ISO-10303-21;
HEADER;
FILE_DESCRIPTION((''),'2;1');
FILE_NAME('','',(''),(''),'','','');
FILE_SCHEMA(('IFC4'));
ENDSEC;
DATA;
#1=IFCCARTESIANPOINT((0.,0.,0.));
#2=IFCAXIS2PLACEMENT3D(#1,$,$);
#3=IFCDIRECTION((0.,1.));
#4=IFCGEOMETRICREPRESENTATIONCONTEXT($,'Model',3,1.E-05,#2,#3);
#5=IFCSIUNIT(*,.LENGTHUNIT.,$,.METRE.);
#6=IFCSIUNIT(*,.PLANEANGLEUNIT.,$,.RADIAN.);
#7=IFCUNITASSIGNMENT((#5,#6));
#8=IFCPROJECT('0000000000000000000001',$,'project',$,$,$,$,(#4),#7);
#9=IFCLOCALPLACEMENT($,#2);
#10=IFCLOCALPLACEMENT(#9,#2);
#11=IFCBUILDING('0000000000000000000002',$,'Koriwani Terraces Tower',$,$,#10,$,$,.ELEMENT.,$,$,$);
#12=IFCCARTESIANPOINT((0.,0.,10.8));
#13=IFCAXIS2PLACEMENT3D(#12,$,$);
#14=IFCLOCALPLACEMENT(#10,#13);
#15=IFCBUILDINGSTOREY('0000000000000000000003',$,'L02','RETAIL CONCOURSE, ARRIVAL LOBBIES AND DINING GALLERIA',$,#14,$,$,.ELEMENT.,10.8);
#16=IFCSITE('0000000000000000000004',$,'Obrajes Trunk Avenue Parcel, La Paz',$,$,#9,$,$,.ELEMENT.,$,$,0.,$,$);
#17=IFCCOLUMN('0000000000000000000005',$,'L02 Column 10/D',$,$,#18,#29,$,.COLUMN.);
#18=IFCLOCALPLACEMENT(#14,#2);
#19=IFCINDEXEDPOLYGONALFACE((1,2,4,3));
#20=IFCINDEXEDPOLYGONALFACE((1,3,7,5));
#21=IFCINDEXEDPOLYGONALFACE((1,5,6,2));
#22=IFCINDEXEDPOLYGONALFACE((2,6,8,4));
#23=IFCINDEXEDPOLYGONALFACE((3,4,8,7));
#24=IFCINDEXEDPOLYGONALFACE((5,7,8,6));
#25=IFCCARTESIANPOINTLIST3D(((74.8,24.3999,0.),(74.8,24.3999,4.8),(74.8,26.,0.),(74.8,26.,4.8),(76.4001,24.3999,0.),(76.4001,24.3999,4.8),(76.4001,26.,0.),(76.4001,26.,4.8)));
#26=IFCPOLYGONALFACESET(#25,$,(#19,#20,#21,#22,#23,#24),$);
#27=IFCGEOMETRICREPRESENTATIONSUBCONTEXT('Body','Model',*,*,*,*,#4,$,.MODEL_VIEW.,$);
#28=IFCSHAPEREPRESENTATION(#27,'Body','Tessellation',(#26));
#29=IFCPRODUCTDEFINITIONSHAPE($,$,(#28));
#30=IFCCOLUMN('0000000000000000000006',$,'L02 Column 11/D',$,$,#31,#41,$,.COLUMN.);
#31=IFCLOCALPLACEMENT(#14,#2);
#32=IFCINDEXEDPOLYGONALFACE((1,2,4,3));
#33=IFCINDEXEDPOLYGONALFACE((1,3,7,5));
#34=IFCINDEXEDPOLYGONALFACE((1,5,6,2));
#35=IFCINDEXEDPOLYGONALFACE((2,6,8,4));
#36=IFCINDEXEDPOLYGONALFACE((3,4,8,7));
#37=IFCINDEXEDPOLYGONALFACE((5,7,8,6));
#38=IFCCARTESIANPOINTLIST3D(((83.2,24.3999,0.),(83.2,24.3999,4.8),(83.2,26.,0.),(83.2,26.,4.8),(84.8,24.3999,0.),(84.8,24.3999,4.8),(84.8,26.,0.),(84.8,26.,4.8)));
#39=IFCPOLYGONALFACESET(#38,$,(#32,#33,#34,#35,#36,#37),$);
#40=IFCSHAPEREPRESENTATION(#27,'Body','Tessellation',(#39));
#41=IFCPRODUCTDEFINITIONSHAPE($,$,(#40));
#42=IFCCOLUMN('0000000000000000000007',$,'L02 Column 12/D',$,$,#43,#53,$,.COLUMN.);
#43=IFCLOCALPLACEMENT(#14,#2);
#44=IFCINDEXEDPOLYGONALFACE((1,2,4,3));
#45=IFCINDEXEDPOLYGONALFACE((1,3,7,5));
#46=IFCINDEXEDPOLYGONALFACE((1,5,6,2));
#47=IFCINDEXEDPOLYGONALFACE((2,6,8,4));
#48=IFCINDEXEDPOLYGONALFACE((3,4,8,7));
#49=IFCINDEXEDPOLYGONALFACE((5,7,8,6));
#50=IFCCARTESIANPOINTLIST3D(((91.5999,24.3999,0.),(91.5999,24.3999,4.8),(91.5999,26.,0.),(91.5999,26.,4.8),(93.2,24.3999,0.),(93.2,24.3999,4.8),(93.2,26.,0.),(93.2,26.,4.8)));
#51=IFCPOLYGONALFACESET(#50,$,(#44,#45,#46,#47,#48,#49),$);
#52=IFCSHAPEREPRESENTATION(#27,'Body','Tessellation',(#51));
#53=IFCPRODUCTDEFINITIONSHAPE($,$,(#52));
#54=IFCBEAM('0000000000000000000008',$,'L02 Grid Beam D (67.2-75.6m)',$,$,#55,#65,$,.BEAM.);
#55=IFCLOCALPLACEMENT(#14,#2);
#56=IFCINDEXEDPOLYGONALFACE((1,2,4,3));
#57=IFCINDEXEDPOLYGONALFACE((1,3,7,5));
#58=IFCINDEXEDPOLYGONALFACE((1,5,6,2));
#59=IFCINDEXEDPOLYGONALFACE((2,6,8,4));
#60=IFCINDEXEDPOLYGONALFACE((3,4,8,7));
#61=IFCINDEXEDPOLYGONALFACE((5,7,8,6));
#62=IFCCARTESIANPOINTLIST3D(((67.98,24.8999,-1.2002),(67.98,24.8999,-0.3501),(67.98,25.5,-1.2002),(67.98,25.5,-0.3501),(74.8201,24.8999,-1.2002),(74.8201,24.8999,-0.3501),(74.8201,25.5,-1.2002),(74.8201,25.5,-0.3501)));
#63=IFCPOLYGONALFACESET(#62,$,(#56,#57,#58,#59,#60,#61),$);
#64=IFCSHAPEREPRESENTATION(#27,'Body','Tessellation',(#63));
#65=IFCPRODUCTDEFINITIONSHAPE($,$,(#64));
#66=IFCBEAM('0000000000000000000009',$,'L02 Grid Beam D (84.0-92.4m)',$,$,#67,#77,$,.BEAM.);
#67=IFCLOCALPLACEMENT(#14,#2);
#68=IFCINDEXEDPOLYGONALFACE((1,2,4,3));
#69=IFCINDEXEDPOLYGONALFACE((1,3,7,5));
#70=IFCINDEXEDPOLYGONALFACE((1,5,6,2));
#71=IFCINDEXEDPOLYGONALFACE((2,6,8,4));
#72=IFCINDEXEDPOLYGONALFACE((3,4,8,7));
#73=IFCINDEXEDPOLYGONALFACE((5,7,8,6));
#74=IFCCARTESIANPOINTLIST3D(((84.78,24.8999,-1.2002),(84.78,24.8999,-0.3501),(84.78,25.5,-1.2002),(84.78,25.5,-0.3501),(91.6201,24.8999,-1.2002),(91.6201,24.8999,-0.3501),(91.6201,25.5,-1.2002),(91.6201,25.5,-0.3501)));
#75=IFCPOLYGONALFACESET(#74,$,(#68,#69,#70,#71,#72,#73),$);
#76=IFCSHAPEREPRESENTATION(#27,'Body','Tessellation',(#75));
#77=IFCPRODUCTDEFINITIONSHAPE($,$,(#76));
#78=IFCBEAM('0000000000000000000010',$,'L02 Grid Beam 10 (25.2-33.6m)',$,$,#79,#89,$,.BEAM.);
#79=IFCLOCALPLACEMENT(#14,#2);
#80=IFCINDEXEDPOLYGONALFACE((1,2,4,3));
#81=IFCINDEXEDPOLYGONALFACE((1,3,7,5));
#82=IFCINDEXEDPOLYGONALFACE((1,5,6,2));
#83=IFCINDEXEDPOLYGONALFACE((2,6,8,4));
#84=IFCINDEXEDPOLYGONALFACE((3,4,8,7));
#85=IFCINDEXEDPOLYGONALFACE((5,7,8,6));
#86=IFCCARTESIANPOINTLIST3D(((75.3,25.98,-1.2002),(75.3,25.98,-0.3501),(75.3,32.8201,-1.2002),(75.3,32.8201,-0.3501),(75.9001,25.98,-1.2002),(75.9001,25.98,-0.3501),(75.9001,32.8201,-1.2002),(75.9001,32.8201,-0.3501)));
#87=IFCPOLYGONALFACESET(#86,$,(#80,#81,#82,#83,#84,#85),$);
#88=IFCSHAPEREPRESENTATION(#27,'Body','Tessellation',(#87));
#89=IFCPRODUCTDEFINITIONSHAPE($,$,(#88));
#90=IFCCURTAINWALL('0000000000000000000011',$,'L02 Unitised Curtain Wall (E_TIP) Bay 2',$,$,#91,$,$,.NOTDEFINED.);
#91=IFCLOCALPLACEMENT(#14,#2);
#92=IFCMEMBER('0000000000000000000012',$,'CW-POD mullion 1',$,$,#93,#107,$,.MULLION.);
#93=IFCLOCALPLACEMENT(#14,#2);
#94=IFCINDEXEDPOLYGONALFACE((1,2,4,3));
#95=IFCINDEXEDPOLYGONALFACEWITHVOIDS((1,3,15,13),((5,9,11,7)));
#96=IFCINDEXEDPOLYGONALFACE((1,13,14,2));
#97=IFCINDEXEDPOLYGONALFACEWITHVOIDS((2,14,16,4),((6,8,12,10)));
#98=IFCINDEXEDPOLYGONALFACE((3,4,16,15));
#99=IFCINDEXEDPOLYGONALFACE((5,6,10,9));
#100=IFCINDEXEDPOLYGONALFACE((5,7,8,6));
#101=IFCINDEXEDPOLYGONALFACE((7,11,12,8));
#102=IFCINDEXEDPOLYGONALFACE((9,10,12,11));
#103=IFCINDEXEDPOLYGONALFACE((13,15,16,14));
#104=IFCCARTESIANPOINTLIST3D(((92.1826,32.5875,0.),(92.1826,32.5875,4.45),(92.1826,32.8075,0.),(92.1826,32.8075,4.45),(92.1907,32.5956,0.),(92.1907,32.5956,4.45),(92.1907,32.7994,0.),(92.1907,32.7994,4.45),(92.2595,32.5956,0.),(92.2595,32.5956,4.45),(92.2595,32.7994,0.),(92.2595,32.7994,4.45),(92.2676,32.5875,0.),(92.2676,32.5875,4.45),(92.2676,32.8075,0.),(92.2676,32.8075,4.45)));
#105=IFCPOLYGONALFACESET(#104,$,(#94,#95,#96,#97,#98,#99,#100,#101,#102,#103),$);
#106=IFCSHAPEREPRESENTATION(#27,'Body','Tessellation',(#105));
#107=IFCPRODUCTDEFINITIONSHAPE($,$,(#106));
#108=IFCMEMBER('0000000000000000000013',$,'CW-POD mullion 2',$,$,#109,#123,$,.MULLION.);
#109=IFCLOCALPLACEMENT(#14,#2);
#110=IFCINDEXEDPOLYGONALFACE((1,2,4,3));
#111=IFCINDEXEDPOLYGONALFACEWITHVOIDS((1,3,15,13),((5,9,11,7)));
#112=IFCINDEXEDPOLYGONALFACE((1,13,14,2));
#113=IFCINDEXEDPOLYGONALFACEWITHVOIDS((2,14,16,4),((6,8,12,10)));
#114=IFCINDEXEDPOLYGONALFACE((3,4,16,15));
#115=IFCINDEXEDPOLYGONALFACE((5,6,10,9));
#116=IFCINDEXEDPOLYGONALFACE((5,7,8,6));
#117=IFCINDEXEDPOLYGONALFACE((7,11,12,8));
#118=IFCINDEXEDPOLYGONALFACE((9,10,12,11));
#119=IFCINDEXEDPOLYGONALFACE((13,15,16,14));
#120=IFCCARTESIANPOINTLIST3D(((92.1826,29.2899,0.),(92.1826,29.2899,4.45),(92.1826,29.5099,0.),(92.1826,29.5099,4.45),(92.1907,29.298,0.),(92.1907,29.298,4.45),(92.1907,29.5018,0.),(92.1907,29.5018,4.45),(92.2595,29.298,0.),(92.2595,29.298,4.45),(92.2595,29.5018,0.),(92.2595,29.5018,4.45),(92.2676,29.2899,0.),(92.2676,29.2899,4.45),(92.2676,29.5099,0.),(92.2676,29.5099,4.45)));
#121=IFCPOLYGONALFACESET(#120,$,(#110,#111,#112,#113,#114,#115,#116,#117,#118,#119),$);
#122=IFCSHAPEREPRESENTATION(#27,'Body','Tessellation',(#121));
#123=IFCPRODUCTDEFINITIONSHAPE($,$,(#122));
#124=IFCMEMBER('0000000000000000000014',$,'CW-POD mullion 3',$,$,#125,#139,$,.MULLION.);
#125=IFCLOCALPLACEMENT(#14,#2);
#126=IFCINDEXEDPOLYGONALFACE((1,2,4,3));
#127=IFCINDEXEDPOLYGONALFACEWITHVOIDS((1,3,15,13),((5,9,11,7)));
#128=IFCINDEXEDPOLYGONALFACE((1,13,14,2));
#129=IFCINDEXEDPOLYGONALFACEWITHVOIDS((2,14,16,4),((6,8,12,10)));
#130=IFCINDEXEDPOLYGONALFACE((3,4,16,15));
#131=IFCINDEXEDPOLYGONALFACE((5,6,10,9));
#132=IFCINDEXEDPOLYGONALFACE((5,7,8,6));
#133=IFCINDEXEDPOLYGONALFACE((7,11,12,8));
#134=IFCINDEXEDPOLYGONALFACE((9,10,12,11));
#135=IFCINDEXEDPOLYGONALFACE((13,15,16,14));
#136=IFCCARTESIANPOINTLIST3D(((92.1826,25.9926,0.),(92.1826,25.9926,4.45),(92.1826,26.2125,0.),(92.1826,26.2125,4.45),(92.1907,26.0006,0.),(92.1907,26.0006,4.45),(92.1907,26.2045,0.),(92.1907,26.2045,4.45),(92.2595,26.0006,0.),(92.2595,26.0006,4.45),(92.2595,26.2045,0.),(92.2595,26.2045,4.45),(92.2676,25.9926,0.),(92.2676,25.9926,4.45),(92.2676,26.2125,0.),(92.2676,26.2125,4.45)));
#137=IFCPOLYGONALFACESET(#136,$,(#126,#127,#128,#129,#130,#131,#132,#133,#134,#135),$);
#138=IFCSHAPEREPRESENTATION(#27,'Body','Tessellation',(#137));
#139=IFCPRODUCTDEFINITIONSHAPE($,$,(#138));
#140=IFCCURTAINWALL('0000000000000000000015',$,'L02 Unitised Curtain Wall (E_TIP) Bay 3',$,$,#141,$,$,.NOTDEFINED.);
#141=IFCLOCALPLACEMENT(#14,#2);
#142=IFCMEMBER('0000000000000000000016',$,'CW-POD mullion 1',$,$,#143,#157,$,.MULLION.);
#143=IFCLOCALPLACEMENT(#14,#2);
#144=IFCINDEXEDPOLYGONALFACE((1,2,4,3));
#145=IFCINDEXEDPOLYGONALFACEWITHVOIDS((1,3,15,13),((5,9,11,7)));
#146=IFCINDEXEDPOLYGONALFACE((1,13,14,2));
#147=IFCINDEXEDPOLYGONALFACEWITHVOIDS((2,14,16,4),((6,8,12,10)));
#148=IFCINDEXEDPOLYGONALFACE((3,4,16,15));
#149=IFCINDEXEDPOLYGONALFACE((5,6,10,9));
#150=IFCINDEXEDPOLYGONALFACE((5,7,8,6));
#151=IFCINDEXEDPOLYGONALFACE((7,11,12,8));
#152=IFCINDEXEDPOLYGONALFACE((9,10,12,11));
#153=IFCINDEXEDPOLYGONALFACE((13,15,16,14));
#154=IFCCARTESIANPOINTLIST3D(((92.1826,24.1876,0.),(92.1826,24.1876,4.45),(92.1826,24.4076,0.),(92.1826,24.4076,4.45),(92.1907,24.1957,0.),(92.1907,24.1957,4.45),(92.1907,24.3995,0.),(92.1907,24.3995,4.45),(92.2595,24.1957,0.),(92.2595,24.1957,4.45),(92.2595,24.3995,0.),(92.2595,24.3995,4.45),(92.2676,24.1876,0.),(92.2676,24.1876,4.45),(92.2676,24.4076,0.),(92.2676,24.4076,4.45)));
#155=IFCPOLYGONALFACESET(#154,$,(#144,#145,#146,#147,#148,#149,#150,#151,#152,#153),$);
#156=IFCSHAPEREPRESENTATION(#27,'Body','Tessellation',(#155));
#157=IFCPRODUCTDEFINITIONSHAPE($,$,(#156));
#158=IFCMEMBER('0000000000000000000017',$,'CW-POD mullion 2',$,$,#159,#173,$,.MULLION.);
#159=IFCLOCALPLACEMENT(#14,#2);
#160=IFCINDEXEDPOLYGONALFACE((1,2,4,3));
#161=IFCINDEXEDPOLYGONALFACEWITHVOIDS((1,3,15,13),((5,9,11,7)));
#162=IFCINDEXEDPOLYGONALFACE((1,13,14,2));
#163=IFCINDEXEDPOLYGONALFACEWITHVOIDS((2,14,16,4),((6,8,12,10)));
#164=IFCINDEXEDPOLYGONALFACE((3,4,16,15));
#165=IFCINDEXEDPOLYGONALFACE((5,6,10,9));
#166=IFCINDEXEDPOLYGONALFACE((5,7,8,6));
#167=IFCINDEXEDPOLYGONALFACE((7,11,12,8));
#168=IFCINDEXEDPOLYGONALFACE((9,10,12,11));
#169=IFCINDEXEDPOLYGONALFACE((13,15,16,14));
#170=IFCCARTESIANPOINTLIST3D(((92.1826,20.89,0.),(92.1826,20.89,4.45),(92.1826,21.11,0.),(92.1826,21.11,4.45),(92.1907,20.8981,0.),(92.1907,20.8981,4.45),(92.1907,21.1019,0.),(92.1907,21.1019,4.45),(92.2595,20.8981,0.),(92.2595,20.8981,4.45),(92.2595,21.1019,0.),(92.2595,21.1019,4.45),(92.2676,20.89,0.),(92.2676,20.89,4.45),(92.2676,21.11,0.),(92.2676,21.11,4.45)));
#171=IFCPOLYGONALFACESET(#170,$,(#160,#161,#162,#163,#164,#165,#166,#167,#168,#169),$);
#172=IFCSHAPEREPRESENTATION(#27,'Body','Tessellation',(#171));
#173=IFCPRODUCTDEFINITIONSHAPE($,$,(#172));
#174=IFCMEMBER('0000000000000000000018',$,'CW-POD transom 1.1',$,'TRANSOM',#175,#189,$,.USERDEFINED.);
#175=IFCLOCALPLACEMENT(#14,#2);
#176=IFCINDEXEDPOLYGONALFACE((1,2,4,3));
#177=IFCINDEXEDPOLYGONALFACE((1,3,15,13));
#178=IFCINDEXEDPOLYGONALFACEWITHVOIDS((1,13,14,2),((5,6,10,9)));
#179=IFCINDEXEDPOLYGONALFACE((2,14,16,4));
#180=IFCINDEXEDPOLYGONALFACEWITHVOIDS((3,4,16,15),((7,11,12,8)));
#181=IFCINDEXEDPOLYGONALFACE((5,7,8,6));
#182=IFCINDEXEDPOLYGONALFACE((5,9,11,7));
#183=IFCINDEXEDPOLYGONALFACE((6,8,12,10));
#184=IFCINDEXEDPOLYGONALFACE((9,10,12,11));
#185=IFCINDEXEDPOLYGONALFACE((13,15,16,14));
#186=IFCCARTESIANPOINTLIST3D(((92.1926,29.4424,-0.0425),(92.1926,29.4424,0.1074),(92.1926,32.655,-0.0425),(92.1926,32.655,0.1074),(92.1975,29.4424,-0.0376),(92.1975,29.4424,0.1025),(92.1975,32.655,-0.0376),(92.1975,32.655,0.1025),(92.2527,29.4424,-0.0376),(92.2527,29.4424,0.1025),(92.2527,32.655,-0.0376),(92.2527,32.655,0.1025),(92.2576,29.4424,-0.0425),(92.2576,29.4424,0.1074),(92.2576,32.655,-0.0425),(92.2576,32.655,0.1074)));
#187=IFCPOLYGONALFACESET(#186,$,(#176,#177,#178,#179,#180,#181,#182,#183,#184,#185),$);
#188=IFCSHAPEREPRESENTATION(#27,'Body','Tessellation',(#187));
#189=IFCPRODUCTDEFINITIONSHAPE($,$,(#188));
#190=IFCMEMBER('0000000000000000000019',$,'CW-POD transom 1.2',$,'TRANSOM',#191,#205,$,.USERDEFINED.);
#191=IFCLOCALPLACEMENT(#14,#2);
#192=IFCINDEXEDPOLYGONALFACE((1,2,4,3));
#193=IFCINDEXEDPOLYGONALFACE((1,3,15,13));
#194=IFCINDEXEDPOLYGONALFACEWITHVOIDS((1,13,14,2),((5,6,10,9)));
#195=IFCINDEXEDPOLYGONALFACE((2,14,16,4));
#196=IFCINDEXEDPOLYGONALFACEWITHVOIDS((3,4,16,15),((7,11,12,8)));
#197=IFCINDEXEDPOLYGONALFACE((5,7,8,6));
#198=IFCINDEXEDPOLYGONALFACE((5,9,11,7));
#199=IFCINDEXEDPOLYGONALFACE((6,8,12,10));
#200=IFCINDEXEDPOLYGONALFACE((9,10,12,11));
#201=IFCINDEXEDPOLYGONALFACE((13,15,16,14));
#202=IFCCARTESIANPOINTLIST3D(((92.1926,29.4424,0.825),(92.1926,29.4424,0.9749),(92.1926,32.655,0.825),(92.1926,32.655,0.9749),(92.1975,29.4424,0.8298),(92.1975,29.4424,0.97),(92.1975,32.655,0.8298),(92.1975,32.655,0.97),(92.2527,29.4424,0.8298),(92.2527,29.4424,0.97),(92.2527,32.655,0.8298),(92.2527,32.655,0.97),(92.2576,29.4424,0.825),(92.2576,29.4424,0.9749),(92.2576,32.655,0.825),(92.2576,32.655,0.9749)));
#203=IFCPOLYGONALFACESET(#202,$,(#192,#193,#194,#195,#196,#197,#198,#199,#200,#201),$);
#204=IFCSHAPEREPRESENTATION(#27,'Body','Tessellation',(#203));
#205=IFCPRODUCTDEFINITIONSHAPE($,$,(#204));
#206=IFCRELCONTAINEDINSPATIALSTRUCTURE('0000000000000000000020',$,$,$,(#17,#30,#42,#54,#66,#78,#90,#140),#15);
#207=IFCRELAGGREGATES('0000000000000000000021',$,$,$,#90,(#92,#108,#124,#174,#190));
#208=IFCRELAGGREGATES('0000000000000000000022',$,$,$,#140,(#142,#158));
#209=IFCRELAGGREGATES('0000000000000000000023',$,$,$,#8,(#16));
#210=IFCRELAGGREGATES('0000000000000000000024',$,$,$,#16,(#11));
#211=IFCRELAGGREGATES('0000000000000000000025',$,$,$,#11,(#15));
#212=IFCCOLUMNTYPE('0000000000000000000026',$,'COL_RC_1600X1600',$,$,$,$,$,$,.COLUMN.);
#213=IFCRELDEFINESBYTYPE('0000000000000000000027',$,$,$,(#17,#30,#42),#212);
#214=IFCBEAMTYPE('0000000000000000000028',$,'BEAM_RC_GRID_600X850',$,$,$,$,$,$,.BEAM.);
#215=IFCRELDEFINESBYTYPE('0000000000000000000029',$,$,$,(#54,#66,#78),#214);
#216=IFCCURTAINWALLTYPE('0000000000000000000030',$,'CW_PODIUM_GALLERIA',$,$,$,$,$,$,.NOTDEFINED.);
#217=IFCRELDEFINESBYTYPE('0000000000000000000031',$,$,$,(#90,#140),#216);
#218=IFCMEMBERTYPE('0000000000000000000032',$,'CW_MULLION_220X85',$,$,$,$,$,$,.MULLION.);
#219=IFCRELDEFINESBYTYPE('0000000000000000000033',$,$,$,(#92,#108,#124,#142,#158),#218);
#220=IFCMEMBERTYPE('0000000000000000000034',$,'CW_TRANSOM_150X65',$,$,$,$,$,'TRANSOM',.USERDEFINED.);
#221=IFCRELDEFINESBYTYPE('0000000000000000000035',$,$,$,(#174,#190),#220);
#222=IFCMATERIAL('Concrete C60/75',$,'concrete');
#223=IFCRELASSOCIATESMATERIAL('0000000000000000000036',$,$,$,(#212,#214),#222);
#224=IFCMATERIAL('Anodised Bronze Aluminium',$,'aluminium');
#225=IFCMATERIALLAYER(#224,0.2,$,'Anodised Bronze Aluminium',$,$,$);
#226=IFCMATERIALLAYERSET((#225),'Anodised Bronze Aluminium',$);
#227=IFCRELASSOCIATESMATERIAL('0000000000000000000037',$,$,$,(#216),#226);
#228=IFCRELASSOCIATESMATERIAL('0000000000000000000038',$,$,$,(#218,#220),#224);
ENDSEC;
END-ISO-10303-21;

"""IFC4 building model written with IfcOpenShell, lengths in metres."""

from ifc_helpers import new_model, si_unit, direction, frame, origin, origin_2d, place, context, subcontext, project, spatial, rectangle, hollow_rectangle, extrude, material, layer, layer_set, material_profile, profile_set, type_object, element, aggregate, save


model = new_model("IFC4")

# Units and contexts
model_context = context("Model", 3, precision=1e-05, world=origin(), true_north=direction((0.0, 1.0)))
body_context = subcontext(model_context, "Body", "Model", "MODEL_VIEW")
ifc_project = project(units=[si_unit("LENGTHUNIT", "METRE"), si_unit("PLANEANGLEUNIT", "RADIAN")], contexts=[model_context])

# Site, building, storey
site_placement = place(None, origin())
site = spatial("IfcSite", under=ifc_project, at=site_placement, Name="Obrajes Trunk Avenue Parcel, La Paz", CompositionType="ELEMENT", RefElevation=0.0)
building_placement = place(site_placement, origin())
building = spatial("IfcBuilding", under=site, at=building_placement, Name="Koriwani Terraces Tower", CompositionType="ELEMENT")
storey_placement = place(building_placement, frame((0.0, 0.0, 10.8)))
storey = spatial("IfcBuildingStorey", under=building, at=storey_placement, Name="L02", Description="RETAIL CONCOURSE, ARRIVAL LOBBIES AND DINING GALLERIA", CompositionType="ELEMENT", Elevation=10.8)

# Columns
ifc_material_1 = material(Name="Concrete C60/75", Category="concrete")
ifc_material_profile_1 = material_profile(ifc_material_1, rectangle(XDim=1.6001, YDim=1.6001, at=origin_2d()), Name="Concrete C60/75", Category="LoadBearing")
ifc_profile_set_1 = profile_set([ifc_material_profile_1], Name="Concrete C60/75")
column_type = type_object("IfcColumnType", Name="COL_RC_1600X1600", PredefinedType="COLUMN", material=ifc_profile_set_1)
for number, where, z_axis, x_axis, name in (
    (1, (75.6001, 25.2, 0.0), (0.0, 0.0, 1.0), (1.0, 0.0, 0.0), "L02 Column 10/D"),
    (2, (84.0, 25.2, 0.0), (0.0, 0.0, 1.0), (1.0, 0.0, 0.0), "L02 Column 11/D"),
    (3, (92.3999, 25.2, 0.0), (0.0, 0.0, 1.0), (1.0, 0.0, 0.0), "L02 Column 12/D"),
):
    element("IfcColumn", number, at=place(storey_placement, frame(where, z_axis=z_axis, x_axis=x_axis)), inside=storey, type_object=column_type, Name=name, PredefinedType="COLUMN", context=body_context, shape_type="SweptSolid", body=[
        extrude(rectangle(XDim=1.6001, YDim=1.6001, at=origin_2d()), origin(), (0.0, 0.0, 1.0), 4.8),
    ])

# Beams
ifc_material_profile_2 = material_profile(ifc_material_1, rectangle(XDim=0.6001, YDim=0.8501, at=origin_2d()), Name="Concrete C60/75", Category="LoadBearing")
ifc_profile_set_2 = profile_set([ifc_material_profile_2], Name="Concrete C60/75")
beam_type_1 = type_object("IfcBeamType", Name="BEAM_RC_GRID_600X850", PredefinedType="BEAM", material=ifc_profile_set_2)
for number, where, z_axis, x_axis, name in (
    (4, (67.98, 25.2, -0.7751), (1.0, 0.0, 0.0), (0.0, 1.0, 0.0), "L02 Grid Beam D (67.2-75.6m)"),
    (5, (84.78, 25.2, -0.7751), (1.0, 0.0, 0.0), (0.0, 1.0, 0.0), "L02 Grid Beam D (84.0-92.4m)"),
    (6, (75.6001, 25.98, -0.7751), (0.0, 1.0, 0.0), (-1.0, 0.0, 0.0), "L02 Grid Beam 10 (25.2-33.6m)"),
):
    element("IfcBeam", number, at=place(storey_placement, frame(where, z_axis=z_axis, x_axis=x_axis)), inside=storey, type_object=beam_type_1, Name=name, PredefinedType="BEAM", context=body_context, shape_type="SweptSolid", body=[
        extrude(rectangle(XDim=0.6001, YDim=0.8501, at=origin_2d()), origin(), (0.0, 0.0, 1.0), 6.8401),
    ])

# Curtain walls, members
ifc_material_2 = material(Name="Anodised Bronze Aluminium", Category="aluminium")
ifc_layer_1 = layer(ifc_material_2, 0.2, Name="Anodised Bronze Aluminium")
ifc_layer_set_1 = layer_set([ifc_layer_1], Name="Anodised Bronze Aluminium")
curtain_wall_type = type_object("IfcCurtainWallType", Name="CW_PODIUM_GALLERIA", PredefinedType="NOTDEFINED", material=ifc_layer_set_1)
curtain_wall_1_placement = place(storey_placement, origin())
curtain_wall_1 = element("IfcCurtainWall", 7, at=curtain_wall_1_placement, inside=storey, type_object=curtain_wall_type, Name="L02 Unitised Curtain Wall (E_TIP) Bay 2", PredefinedType="NOTDEFINED")
ifc_material_profile_3 = material_profile(ifc_material_2, hollow_rectangle(XDim=0.085, YDim=0.22, WallThickness=0.0081, at=origin_2d()), Name="Anodised Bronze Aluminium", Category="LoadBearing")
ifc_profile_set_3 = profile_set([ifc_material_profile_3], Name="Anodised Bronze Aluminium")
member_type_1 = type_object("IfcMemberType", Name="CW_MULLION_220X85", PredefinedType="MULLION", material=ifc_profile_set_3)
member_1_placement = place(storey_placement, frame((92.2251, 32.6975, 0.0), z_axis=(0.0, 0.0, 1.0), x_axis=(1.0, 0.0, 0.0)))
member_1 = element("IfcMember", 8, at=member_1_placement, type_object=member_type_1, Name="CW-POD mullion 1", PredefinedType="MULLION", context=body_context, shape_type="SweptSolid", body=[
    extrude(hollow_rectangle(XDim=0.085, YDim=0.22, WallThickness=0.0081, at=origin_2d()), origin(), (0.0, 0.0, 1.0), 4.45),
])
member_2_placement = place(storey_placement, frame((92.2251, 29.3999, 0.0), z_axis=(0.0, 0.0, 1.0), x_axis=(1.0, 0.0, 0.0)))
member_2 = element("IfcMember", 9, at=member_2_placement, type_object=member_type_1, Name="CW-POD mullion 2", PredefinedType="MULLION", context=body_context, shape_type="SweptSolid", body=[
    extrude(hollow_rectangle(XDim=0.085, YDim=0.22, WallThickness=0.0081, at=origin_2d()), origin(), (0.0, 0.0, 1.0), 4.45),
])
member_3_placement = place(storey_placement, frame((92.2251, 26.1025, 0.0), z_axis=(0.0, 0.0, 1.0), x_axis=(1.0, 0.0, 0.0)))
member_3 = element("IfcMember", 10, at=member_3_placement, type_object=member_type_1, Name="CW-POD mullion 3", PredefinedType="MULLION", context=body_context, shape_type="SweptSolid", body=[
    extrude(hollow_rectangle(XDim=0.085, YDim=0.22, WallThickness=0.0081, at=origin_2d()), origin(), (0.0, 0.0, 1.0), 4.45),
])
curtain_wall_2_placement = place(storey_placement, origin())
curtain_wall_2 = element("IfcCurtainWall", 11, at=curtain_wall_2_placement, inside=storey, type_object=curtain_wall_type, Name="L02 Unitised Curtain Wall (E_TIP) Bay 3", PredefinedType="NOTDEFINED")
member_4_placement = place(storey_placement, frame((92.2251, 24.2976, 0.0), z_axis=(0.0, 0.0, 1.0), x_axis=(1.0, 0.0, 0.0)))
member_4 = element("IfcMember", 12, at=member_4_placement, type_object=member_type_1, Name="CW-POD mullion 1", PredefinedType="MULLION", context=body_context, shape_type="SweptSolid", body=[
    extrude(hollow_rectangle(XDim=0.085, YDim=0.22, WallThickness=0.0081, at=origin_2d()), origin(), (0.0, 0.0, 1.0), 4.45),
])
member_5_placement = place(storey_placement, frame((92.2251, 21.0, 0.0), z_axis=(0.0, 0.0, 1.0), x_axis=(1.0, 0.0, 0.0)))
member_5 = element("IfcMember", 13, at=member_5_placement, type_object=member_type_1, Name="CW-POD mullion 2", PredefinedType="MULLION", context=body_context, shape_type="SweptSolid", body=[
    extrude(hollow_rectangle(XDim=0.085, YDim=0.22, WallThickness=0.0081, at=origin_2d()), origin(), (0.0, 0.0, 1.0), 4.45),
])

# Members
ifc_material_profile_4 = material_profile(ifc_material_2, hollow_rectangle(XDim=0.0649, YDim=0.1499, WallThickness=0.0049, at=origin_2d()), Name="Anodised Bronze Aluminium", Category="LoadBearing")
ifc_profile_set_4 = profile_set([ifc_material_profile_4], Name="Anodised Bronze Aluminium")
member_type_2 = type_object("IfcMemberType", Name="CW_TRANSOM_150X65", ElementType="TRANSOM", PredefinedType="USERDEFINED", material=ifc_profile_set_4)
member_6_placement = place(storey_placement, frame((92.2251, 32.655, 0.0325), z_axis=(0.0, -1.0, 0.0), x_axis=(1.0, 0.0, 0.0)))
member_6 = element("IfcMember", 14, at=member_6_placement, type_object=member_type_2, Name="CW-POD transom 1.1", ObjectType="TRANSOM", PredefinedType="USERDEFINED", context=body_context, shape_type="SweptSolid", body=[
    extrude(hollow_rectangle(XDim=0.0649, YDim=0.1499, WallThickness=0.0049, at=origin_2d()), origin(), (0.0, 0.0, 1.0), 3.2126),
])
member_7_placement = place(storey_placement, frame((92.2251, 32.655, 0.8999), z_axis=(0.0, -1.0, 0.0), x_axis=(1.0, 0.0, 0.0)))
member_7 = element("IfcMember", 15, at=member_7_placement, type_object=member_type_2, Name="CW-POD transom 1.2", ObjectType="TRANSOM", PredefinedType="USERDEFINED", context=body_context, shape_type="SweptSolid", body=[
    extrude(hollow_rectangle(XDim=0.0649, YDim=0.1499, WallThickness=0.0049, at=origin_2d()), origin(), (0.0, 0.0, 1.0), 3.2126),
])

aggregate(curtain_wall_1, [member_1, member_2, member_3, member_6, member_7])
aggregate(curtain_wall_2, [member_4, member_5])

save(model, "model.ifc")
